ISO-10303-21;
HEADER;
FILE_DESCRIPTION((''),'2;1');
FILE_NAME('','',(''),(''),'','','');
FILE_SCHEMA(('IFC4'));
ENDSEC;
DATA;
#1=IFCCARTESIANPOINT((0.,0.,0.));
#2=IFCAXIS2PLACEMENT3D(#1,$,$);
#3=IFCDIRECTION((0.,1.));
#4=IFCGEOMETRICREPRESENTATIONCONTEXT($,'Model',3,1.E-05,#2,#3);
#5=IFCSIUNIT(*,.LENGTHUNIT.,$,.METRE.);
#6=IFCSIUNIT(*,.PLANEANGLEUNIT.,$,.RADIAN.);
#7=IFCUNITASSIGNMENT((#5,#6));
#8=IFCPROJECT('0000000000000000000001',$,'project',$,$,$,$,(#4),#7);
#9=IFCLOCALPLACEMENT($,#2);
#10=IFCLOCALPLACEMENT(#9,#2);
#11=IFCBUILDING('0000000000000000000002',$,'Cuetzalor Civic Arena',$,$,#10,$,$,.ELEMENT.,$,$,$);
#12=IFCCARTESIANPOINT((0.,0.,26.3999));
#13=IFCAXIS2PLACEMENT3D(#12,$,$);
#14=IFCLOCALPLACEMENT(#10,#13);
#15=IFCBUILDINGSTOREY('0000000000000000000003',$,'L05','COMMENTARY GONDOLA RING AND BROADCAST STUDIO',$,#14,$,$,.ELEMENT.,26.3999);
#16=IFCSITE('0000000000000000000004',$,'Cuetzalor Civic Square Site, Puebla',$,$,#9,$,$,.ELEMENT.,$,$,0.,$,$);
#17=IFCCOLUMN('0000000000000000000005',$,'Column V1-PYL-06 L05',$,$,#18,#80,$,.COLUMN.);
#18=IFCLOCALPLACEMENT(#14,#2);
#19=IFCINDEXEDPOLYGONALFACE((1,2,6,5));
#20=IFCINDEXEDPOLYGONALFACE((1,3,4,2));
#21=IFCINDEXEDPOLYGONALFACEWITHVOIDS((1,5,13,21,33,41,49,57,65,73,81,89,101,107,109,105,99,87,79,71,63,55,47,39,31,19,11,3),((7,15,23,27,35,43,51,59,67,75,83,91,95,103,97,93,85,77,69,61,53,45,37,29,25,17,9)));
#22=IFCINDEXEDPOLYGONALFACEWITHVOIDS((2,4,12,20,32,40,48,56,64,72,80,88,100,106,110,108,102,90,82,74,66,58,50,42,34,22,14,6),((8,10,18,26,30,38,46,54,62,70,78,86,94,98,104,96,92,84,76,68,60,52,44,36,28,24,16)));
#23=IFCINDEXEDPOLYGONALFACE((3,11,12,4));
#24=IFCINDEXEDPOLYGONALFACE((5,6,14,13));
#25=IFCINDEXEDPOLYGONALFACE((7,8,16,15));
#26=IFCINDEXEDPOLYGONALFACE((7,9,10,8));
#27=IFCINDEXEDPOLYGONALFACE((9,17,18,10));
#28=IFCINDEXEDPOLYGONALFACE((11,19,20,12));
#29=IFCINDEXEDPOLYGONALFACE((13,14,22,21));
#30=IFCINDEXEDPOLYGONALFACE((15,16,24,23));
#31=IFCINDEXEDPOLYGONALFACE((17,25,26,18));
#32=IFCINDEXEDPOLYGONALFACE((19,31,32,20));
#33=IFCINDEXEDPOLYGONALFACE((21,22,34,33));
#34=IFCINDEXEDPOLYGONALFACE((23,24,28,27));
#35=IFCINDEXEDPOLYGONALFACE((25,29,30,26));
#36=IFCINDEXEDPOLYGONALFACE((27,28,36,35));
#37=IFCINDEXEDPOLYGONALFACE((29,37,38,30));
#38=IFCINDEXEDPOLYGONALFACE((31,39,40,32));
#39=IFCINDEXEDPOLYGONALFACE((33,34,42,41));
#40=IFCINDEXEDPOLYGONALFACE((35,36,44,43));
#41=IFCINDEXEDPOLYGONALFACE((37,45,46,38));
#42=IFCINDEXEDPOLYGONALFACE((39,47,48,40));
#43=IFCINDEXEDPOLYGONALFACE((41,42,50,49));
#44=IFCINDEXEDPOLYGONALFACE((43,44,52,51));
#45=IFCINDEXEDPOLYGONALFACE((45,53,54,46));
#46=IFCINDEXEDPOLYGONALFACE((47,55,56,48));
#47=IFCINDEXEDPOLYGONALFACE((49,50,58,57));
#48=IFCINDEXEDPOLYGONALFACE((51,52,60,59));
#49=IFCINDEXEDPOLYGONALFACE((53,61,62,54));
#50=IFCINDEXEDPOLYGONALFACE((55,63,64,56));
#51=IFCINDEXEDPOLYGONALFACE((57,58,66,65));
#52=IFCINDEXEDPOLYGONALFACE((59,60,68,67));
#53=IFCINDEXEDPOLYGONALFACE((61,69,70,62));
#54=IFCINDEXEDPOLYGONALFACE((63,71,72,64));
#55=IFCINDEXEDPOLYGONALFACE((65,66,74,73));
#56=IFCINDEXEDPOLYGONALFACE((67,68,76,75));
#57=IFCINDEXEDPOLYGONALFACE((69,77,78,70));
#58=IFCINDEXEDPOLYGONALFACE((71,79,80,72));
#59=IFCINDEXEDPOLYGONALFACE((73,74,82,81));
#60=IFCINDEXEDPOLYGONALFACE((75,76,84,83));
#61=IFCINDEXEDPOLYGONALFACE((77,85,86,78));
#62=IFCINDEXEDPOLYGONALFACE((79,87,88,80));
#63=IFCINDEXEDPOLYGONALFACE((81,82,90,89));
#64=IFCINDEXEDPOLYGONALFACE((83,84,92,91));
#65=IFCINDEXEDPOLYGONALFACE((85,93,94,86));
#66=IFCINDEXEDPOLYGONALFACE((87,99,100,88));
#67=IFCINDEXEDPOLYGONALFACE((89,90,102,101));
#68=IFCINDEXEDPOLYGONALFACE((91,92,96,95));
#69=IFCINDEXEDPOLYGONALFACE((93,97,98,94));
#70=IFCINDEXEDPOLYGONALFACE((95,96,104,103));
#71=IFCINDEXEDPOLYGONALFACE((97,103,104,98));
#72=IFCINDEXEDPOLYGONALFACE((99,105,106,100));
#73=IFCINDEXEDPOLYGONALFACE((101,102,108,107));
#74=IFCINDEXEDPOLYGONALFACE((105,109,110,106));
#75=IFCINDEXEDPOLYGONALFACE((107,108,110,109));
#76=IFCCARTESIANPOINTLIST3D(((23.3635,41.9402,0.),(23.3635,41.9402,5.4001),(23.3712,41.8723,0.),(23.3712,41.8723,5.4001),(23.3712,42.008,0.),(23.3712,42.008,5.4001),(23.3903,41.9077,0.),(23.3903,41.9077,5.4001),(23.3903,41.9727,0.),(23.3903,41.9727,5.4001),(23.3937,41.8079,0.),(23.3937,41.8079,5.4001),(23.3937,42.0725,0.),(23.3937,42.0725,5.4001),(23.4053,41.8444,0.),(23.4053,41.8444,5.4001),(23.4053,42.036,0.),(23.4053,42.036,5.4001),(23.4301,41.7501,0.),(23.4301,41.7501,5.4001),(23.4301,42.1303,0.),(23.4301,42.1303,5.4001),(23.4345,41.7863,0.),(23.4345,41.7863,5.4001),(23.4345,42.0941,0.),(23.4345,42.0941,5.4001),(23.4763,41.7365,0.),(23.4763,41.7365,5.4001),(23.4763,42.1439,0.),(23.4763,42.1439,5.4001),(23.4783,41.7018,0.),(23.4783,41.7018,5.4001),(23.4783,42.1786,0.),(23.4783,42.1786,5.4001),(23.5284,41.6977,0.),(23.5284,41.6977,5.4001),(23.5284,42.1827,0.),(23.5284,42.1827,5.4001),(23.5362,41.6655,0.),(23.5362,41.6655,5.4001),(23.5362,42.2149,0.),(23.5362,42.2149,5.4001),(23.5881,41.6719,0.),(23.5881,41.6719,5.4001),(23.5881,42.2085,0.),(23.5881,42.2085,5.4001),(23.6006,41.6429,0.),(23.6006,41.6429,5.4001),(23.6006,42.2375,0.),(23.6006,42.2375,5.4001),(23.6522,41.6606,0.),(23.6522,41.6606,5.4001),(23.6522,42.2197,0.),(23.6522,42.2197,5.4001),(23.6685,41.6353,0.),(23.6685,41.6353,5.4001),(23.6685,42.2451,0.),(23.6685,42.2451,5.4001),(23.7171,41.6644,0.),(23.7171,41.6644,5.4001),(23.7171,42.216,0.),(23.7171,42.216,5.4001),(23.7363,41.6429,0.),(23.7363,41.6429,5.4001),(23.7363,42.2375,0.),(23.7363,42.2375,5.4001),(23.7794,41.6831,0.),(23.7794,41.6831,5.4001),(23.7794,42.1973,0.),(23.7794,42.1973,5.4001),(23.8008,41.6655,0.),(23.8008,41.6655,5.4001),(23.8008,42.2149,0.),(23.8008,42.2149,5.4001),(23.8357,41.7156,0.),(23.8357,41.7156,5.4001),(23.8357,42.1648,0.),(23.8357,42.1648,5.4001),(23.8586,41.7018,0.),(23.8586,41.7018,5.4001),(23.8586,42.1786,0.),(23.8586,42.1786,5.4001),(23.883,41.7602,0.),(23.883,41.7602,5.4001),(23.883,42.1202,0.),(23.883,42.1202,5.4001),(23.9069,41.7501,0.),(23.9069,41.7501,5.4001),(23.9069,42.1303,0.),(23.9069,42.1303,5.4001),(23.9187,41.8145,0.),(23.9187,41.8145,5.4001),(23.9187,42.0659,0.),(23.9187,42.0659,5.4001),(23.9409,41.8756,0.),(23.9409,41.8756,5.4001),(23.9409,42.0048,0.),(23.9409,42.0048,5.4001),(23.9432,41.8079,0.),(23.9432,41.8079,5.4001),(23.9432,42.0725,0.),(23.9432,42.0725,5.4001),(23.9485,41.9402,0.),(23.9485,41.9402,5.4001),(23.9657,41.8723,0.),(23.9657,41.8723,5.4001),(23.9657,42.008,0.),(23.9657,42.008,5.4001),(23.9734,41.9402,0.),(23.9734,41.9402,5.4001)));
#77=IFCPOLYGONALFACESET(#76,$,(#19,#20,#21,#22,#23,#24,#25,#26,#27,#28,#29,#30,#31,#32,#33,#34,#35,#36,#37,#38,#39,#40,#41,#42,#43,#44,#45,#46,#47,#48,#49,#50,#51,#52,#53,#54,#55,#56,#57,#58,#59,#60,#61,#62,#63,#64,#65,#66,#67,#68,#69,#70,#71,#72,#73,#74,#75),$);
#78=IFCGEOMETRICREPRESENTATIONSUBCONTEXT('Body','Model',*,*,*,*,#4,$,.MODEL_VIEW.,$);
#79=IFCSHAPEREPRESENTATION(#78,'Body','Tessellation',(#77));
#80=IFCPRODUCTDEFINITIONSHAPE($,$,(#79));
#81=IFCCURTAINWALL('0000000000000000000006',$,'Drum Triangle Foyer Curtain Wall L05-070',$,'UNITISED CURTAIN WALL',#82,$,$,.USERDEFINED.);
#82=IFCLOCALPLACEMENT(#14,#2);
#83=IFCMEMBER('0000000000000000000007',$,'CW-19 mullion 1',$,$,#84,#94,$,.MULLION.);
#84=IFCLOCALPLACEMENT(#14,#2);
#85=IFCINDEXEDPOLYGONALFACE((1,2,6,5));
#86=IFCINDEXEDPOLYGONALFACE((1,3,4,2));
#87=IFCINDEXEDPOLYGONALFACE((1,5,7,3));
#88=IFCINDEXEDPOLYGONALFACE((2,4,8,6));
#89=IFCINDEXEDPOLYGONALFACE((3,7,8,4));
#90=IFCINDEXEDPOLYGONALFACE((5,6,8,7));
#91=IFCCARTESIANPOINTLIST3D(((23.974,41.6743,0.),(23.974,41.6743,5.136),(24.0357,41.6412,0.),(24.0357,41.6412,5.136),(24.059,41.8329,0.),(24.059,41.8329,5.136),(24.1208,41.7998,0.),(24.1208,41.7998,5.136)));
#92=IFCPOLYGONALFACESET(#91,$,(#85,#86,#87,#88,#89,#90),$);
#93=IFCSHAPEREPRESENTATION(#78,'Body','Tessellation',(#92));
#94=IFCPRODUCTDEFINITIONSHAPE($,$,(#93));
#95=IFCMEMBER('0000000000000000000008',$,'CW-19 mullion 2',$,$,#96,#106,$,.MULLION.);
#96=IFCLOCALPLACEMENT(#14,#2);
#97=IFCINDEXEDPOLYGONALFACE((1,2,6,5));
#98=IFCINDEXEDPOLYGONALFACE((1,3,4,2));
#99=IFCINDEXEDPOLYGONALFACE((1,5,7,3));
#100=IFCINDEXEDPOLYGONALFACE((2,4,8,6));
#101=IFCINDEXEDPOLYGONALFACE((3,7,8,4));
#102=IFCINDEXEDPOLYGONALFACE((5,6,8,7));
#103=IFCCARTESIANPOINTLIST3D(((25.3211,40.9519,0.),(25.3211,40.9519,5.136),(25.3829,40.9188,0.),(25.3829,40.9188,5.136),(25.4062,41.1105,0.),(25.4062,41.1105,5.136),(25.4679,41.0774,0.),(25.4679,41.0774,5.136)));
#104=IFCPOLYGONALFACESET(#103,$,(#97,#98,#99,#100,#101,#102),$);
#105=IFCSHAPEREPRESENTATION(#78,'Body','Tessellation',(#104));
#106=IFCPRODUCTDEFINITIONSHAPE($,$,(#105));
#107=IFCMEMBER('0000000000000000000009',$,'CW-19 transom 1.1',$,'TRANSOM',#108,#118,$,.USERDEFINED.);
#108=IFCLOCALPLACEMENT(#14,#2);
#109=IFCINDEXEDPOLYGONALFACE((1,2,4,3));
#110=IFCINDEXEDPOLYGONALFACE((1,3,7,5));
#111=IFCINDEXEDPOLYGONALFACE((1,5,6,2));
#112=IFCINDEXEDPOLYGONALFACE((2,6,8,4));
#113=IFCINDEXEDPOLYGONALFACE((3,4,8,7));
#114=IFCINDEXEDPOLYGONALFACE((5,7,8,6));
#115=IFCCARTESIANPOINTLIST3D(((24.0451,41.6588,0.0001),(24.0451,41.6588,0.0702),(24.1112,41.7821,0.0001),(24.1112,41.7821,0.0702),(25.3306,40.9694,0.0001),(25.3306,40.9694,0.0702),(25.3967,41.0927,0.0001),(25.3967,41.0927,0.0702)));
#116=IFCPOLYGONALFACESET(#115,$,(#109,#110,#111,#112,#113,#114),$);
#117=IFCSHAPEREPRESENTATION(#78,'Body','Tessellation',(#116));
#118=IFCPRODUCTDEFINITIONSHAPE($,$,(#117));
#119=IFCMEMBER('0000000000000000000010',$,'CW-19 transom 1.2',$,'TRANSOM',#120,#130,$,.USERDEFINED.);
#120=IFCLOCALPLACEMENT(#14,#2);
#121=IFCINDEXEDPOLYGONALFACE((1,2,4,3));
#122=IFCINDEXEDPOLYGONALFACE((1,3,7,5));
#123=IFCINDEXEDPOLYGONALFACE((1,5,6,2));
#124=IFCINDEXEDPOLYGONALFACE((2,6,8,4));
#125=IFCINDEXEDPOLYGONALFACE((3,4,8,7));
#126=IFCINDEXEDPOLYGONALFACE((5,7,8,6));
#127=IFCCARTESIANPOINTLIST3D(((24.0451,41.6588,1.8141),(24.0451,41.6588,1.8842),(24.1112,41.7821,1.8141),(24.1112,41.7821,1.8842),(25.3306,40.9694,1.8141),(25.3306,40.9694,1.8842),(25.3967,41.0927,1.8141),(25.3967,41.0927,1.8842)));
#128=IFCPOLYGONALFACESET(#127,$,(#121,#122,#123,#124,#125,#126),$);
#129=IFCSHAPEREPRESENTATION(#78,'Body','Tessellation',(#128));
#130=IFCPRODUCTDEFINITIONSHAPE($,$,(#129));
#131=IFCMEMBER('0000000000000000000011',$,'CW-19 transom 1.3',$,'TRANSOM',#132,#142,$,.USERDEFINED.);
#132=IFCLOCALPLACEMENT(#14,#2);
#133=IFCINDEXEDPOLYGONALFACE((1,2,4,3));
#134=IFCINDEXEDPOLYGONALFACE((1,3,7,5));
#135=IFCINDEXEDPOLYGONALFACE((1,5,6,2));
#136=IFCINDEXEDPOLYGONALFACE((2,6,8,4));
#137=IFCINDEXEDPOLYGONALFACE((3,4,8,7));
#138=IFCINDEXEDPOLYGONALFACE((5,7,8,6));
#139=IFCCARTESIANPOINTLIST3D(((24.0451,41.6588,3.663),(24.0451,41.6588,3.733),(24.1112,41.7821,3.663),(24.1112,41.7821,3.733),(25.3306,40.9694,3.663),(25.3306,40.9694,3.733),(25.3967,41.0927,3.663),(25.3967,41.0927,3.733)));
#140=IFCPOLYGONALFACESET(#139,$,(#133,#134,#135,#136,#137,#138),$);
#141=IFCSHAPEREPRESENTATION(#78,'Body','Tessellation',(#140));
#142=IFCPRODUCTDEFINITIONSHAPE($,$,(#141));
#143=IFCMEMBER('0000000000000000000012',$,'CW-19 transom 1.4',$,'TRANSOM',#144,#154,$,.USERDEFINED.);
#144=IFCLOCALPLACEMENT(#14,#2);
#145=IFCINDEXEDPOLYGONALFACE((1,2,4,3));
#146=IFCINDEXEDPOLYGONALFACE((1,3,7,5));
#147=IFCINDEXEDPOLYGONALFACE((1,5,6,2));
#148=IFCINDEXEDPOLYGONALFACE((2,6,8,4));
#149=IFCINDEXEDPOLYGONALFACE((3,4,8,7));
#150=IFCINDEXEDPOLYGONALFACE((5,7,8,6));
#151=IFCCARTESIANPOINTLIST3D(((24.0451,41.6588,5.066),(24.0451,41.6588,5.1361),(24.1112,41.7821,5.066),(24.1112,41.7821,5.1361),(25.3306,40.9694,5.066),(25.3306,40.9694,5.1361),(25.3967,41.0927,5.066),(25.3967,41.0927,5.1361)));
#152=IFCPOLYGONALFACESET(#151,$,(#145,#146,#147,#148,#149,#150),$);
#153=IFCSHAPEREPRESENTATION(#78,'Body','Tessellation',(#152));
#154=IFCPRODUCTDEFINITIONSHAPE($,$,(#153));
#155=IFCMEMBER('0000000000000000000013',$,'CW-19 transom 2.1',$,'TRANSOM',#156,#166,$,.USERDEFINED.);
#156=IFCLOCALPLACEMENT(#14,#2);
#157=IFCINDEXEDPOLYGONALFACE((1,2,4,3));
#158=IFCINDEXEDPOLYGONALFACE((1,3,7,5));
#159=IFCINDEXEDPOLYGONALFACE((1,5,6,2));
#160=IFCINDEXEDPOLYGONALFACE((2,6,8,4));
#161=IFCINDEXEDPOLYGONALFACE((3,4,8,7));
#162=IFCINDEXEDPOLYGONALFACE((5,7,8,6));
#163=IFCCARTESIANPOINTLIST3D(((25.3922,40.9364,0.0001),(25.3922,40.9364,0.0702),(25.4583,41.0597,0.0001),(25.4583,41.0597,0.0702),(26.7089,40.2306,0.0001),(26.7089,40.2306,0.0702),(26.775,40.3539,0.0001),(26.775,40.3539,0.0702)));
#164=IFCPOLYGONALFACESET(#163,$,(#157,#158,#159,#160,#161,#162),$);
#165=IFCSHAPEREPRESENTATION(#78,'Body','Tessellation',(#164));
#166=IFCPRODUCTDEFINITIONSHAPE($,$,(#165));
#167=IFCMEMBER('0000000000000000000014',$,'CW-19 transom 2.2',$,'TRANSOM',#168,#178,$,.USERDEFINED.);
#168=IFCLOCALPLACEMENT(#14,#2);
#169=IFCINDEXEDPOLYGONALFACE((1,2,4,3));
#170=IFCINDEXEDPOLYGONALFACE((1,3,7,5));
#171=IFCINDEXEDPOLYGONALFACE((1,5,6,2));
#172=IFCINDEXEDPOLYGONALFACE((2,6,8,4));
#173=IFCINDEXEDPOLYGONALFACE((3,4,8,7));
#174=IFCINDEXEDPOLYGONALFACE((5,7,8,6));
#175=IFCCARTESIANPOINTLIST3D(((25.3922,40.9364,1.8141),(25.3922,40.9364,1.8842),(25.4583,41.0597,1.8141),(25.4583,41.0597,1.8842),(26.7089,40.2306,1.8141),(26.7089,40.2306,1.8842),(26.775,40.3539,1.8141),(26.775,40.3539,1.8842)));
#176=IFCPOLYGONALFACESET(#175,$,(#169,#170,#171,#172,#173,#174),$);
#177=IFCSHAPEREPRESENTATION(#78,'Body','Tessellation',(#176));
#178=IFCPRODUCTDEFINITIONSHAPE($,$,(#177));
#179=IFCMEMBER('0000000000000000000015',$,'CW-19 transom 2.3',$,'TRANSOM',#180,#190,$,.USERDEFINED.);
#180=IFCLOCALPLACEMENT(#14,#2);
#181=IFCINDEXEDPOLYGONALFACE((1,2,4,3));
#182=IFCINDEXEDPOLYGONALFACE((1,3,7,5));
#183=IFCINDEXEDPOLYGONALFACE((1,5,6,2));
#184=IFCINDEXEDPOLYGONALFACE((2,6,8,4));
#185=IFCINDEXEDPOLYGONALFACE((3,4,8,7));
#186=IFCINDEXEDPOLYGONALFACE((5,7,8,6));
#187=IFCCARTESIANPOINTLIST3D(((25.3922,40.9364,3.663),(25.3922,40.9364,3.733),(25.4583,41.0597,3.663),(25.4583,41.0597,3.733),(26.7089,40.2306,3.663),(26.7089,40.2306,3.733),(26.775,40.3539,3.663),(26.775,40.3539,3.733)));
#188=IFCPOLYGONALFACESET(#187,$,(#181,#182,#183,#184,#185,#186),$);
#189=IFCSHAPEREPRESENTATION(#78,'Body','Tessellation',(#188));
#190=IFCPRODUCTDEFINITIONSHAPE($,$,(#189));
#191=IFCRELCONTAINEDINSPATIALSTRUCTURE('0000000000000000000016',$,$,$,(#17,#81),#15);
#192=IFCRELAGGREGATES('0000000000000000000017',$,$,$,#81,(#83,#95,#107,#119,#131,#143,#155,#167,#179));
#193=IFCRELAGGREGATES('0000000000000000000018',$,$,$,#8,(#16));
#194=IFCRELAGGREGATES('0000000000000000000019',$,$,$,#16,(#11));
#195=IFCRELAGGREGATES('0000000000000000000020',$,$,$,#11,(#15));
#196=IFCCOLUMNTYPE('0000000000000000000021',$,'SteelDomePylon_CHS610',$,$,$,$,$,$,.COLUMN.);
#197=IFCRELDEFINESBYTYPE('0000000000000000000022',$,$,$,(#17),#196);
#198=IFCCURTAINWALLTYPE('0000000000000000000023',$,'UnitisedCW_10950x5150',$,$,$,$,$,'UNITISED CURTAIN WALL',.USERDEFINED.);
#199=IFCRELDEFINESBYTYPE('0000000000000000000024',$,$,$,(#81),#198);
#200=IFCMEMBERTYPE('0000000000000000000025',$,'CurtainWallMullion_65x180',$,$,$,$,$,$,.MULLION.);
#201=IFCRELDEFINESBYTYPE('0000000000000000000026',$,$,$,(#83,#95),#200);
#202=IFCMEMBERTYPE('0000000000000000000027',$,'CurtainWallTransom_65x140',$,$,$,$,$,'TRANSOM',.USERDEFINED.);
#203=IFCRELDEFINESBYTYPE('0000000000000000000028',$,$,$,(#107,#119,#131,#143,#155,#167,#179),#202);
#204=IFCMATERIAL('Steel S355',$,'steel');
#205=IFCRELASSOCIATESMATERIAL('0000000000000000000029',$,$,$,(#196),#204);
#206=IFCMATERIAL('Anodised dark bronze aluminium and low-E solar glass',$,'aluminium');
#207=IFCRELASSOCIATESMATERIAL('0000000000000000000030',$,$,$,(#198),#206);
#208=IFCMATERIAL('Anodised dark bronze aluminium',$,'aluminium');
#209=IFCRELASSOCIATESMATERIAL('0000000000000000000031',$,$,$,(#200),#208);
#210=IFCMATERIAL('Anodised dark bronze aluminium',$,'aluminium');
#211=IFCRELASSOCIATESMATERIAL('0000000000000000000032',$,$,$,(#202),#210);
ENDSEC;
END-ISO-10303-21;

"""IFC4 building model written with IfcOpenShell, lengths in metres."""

from ifc_helpers import new_model, si_unit, direction, frame, origin, origin_2d, place, context, subcontext, project, spatial, rectangle, hollow_circle, extrude, material, material_profile, profile_set, type_object, element, aggregate, save


model = new_model("IFC4")

# Units and contexts
model_context = context("Model", 3, precision=1e-05, world=origin(), true_north=direction((0.0, 1.0)))
body_context = subcontext(model_context, "Body", "Model", "MODEL_VIEW")
ifc_project = project(units=[si_unit("LENGTHUNIT", "METRE"), si_unit("PLANEANGLEUNIT", "RADIAN")], contexts=[model_context])

# Site, building, storey
site_placement = place(None, origin())
site = spatial("IfcSite", under=ifc_project, at=site_placement, Name="Cuetzalor Civic Square Site, Puebla", CompositionType="ELEMENT", RefElevation=0.0)
building_placement = place(site_placement, origin())
building = spatial("IfcBuilding", under=site, at=building_placement, Name="Cuetzalor Civic Arena", CompositionType="ELEMENT")
storey_placement = place(building_placement, frame((0.0, 0.0, 26.3999)))
storey = spatial("IfcBuildingStorey", under=building, at=storey_placement, Name="L05", Description="COMMENTARY GONDOLA RING AND BROADCAST STUDIO", CompositionType="ELEMENT", Elevation=26.3999)

# Column
ifc_material_1 = material(Name="Steel S355", Category="steel")
ifc_material_profile_1 = material_profile(ifc_material_1, hollow_circle(Radius=0.3049, WallThickness=0.0249, at=origin_2d()), Name="CHS 610x25")
ifc_profile_set_1 = profile_set([ifc_material_profile_1], Name="Steel S355")
column_type = type_object("IfcColumnType", Name="SteelDomePylon_CHS610", PredefinedType="COLUMN", material=ifc_profile_set_1)
column_placement = place(storey_placement, frame((23.6685, 41.9402, 0.0), z_axis=(0.0, 0.0, 1.0), x_axis=(1.0, 0.0, 0.0)))
element("IfcColumn", 1, at=column_placement, inside=storey, type_object=column_type, Name="Column V1-PYL-06 L05", PredefinedType="COLUMN", context=body_context, shape_type="SweptSolid", body=[
    extrude(hollow_circle(Radius=0.3049, WallThickness=0.0249, at=origin_2d()), origin(), (0.0, 0.0, 1.0), 5.4001),
])

# Curtain wall, members
ifc_material_2 = material(Name="Anodised dark bronze aluminium and low-E solar glass", Category="aluminium")
curtain_wall_type = type_object("IfcCurtainWallType", Name="UnitisedCW_10950x5150", ElementType="UNITISED CURTAIN WALL", PredefinedType="USERDEFINED", material=ifc_material_2)
curtain_wall_placement = place(storey_placement, origin())
curtain_wall = element("IfcCurtainWall", 2, at=curtain_wall_placement, inside=storey, type_object=curtain_wall_type, Name="Drum Triangle Foyer Curtain Wall L05-070", ObjectType="UNITISED CURTAIN WALL", PredefinedType="USERDEFINED")
ifc_material_3 = material(Name="Anodised dark bronze aluminium", Category="aluminium")
ifc_material_profile_2 = material_profile(ifc_material_3, rectangle(XDim=0.0701, YDim=0.1799, at=origin_2d()), Name="ALU MULLION 70x180")
ifc_profile_set_2 = profile_set([ifc_material_profile_2], Name="Anodised dark bronze aluminium")
member_type_1 = type_object("IfcMemberType", Name="CurtainWallMullion_65x180", PredefinedType="MULLION", material=ifc_profile_set_2)
member_1_placement = place(storey_placement, frame((24.0474, 41.7371, 0.0), z_axis=(0.0, 0.0, 1.0), x_axis=(0.881306, -0.472545, 0.0)))
member_1 = element("IfcMember", 3, at=member_1_placement, type_object=member_type_1, Name="CW-19 mullion 1", PredefinedType="MULLION", context=body_context, shape_type="SweptSolid", body=[
    extrude(rectangle(XDim=0.0701, YDim=0.1799, at=origin_2d()), origin(), (0.0, 0.0, 1.0), 5.136),
])
member_2_placement = place(storey_placement, frame((25.3945, 41.0146, 0.0), z_axis=(0.0, 0.0, 1.0), x_axis=(0.881306, -0.472545, 0.0)))
member_2 = element("IfcMember", 4, at=member_2_placement, type_object=member_type_1, Name="CW-19 mullion 2", PredefinedType="MULLION", context=body_context, shape_type="SweptSolid", body=[
    extrude(rectangle(XDim=0.0701, YDim=0.1799, at=origin_2d()), origin(), (0.0, 0.0, 1.0), 5.136),
])
ifc_material_4 = material(Name="Anodised dark bronze aluminium", Category="aluminium")
ifc_material_profile_3 = material_profile(ifc_material_4, rectangle(XDim=0.1399, YDim=0.0701, at=origin_2d()), Name="ALU TRANSOM 70x140")
ifc_profile_set_3 = profile_set([ifc_material_profile_3], Name="Anodised dark bronze aluminium")
member_type_2 = type_object("IfcMemberType", Name="CurtainWallTransom_65x140", ElementType="TRANSOM", PredefinedType="USERDEFINED", material=ifc_profile_set_3)
member_3_placement = place(storey_placement, frame((24.0781, 41.7205, 0.0352), z_axis=(0.881276, -0.472602, 0.0), x_axis=(0.472602, 0.881276, 0.0)))
member_3 = element("IfcMember", 5, at=member_3_placement, type_object=member_type_2, Name="CW-19 transom 1.1", ObjectType="TRANSOM", PredefinedType="USERDEFINED", context=body_context, shape_type="SweptSolid", body=[
    extrude(rectangle(XDim=0.1399, YDim=0.0701, at=origin_2d()), origin(), (0.0, 0.0, 1.0), 1.4587),
])
member_4_placement = place(storey_placement, frame((24.0781, 41.7205, 1.8491), z_axis=(0.881276, -0.472602, 0.0), x_axis=(0.472602, 0.881276, 0.0)))
member_4 = element("IfcMember", 6, at=member_4_placement, type_object=member_type_2, Name="CW-19 transom 1.2", ObjectType="TRANSOM", PredefinedType="USERDEFINED", context=body_context, shape_type="SweptSolid", body=[
    extrude(rectangle(XDim=0.1399, YDim=0.0701, at=origin_2d()), origin(), (0.0, 0.0, 1.0), 1.4587),
])
member_5_placement = place(storey_placement, frame((24.0781, 41.7205, 3.698), z_axis=(0.881276, -0.472602, 0.0), x_axis=(0.472602, 0.881276, 0.0)))
member_5 = element("IfcMember", 7, at=member_5_placement, type_object=member_type_2, Name="CW-19 transom 1.3", ObjectType="TRANSOM", PredefinedType="USERDEFINED", context=body_context, shape_type="SweptSolid", body=[
    extrude(rectangle(XDim=0.1399, YDim=0.0701, at=origin_2d()), origin(), (0.0, 0.0, 1.0), 1.4587),
])
member_6_placement = place(storey_placement, frame((24.0781, 41.7205, 5.1011), z_axis=(0.881276, -0.472602, 0.0), x_axis=(0.472602, 0.881276, 0.0)))
member_6 = element("IfcMember", 8, at=member_6_placement, type_object=member_type_2, Name="CW-19 transom 1.4", ObjectType="TRANSOM", PredefinedType="USERDEFINED", context=body_context, shape_type="SweptSolid", body=[
    extrude(rectangle(XDim=0.1399, YDim=0.0701, at=origin_2d()), origin(), (0.0, 0.0, 1.0), 1.4587),
])
member_7_placement = place(storey_placement, frame((25.4253, 40.998, 0.0352), z_axis=(0.881351, -0.472462, 0.0), x_axis=(0.472462, 0.881351, 0.0)))
member_7 = element("IfcMember", 9, at=member_7_placement, type_object=member_type_2, Name="CW-19 transom 2.1", ObjectType="TRANSOM", PredefinedType="USERDEFINED", context=body_context, shape_type="SweptSolid", body=[
    extrude(rectangle(XDim=0.1399, YDim=0.0701, at=origin_2d()), origin(), (0.0, 0.0, 1.0), 1.4939),
])
member_8_placement = place(storey_placement, frame((25.4253, 40.998, 1.8491), z_axis=(0.881351, -0.472462, 0.0), x_axis=(0.472462, 0.881351, 0.0)))
member_8 = element("IfcMember", 10, at=member_8_placement, type_object=member_type_2, Name="CW-19 transom 2.2", ObjectType="TRANSOM", PredefinedType="USERDEFINED", context=body_context, shape_type="SweptSolid", body=[
    extrude(rectangle(XDim=0.1399, YDim=0.0701, at=origin_2d()), origin(), (0.0, 0.0, 1.0), 1.4939),
])
member_9_placement = place(storey_placement, frame((25.4253, 40.998, 3.698), z_axis=(0.881351, -0.472462, 0.0), x_axis=(0.472462, 0.881351, 0.0)))
member_9 = element("IfcMember", 11, at=member_9_placement, type_object=member_type_2, Name="CW-19 transom 2.3", ObjectType="TRANSOM", PredefinedType="USERDEFINED", context=body_context, shape_type="SweptSolid", body=[
    extrude(rectangle(XDim=0.1399, YDim=0.0701, at=origin_2d()), origin(), (0.0, 0.0, 1.0), 1.4939),
])
aggregate(curtain_wall, [member_1, member_2, member_3, member_4, member_5, member_6, member_7, member_8, member_9])

save(model, "model.ifc")
